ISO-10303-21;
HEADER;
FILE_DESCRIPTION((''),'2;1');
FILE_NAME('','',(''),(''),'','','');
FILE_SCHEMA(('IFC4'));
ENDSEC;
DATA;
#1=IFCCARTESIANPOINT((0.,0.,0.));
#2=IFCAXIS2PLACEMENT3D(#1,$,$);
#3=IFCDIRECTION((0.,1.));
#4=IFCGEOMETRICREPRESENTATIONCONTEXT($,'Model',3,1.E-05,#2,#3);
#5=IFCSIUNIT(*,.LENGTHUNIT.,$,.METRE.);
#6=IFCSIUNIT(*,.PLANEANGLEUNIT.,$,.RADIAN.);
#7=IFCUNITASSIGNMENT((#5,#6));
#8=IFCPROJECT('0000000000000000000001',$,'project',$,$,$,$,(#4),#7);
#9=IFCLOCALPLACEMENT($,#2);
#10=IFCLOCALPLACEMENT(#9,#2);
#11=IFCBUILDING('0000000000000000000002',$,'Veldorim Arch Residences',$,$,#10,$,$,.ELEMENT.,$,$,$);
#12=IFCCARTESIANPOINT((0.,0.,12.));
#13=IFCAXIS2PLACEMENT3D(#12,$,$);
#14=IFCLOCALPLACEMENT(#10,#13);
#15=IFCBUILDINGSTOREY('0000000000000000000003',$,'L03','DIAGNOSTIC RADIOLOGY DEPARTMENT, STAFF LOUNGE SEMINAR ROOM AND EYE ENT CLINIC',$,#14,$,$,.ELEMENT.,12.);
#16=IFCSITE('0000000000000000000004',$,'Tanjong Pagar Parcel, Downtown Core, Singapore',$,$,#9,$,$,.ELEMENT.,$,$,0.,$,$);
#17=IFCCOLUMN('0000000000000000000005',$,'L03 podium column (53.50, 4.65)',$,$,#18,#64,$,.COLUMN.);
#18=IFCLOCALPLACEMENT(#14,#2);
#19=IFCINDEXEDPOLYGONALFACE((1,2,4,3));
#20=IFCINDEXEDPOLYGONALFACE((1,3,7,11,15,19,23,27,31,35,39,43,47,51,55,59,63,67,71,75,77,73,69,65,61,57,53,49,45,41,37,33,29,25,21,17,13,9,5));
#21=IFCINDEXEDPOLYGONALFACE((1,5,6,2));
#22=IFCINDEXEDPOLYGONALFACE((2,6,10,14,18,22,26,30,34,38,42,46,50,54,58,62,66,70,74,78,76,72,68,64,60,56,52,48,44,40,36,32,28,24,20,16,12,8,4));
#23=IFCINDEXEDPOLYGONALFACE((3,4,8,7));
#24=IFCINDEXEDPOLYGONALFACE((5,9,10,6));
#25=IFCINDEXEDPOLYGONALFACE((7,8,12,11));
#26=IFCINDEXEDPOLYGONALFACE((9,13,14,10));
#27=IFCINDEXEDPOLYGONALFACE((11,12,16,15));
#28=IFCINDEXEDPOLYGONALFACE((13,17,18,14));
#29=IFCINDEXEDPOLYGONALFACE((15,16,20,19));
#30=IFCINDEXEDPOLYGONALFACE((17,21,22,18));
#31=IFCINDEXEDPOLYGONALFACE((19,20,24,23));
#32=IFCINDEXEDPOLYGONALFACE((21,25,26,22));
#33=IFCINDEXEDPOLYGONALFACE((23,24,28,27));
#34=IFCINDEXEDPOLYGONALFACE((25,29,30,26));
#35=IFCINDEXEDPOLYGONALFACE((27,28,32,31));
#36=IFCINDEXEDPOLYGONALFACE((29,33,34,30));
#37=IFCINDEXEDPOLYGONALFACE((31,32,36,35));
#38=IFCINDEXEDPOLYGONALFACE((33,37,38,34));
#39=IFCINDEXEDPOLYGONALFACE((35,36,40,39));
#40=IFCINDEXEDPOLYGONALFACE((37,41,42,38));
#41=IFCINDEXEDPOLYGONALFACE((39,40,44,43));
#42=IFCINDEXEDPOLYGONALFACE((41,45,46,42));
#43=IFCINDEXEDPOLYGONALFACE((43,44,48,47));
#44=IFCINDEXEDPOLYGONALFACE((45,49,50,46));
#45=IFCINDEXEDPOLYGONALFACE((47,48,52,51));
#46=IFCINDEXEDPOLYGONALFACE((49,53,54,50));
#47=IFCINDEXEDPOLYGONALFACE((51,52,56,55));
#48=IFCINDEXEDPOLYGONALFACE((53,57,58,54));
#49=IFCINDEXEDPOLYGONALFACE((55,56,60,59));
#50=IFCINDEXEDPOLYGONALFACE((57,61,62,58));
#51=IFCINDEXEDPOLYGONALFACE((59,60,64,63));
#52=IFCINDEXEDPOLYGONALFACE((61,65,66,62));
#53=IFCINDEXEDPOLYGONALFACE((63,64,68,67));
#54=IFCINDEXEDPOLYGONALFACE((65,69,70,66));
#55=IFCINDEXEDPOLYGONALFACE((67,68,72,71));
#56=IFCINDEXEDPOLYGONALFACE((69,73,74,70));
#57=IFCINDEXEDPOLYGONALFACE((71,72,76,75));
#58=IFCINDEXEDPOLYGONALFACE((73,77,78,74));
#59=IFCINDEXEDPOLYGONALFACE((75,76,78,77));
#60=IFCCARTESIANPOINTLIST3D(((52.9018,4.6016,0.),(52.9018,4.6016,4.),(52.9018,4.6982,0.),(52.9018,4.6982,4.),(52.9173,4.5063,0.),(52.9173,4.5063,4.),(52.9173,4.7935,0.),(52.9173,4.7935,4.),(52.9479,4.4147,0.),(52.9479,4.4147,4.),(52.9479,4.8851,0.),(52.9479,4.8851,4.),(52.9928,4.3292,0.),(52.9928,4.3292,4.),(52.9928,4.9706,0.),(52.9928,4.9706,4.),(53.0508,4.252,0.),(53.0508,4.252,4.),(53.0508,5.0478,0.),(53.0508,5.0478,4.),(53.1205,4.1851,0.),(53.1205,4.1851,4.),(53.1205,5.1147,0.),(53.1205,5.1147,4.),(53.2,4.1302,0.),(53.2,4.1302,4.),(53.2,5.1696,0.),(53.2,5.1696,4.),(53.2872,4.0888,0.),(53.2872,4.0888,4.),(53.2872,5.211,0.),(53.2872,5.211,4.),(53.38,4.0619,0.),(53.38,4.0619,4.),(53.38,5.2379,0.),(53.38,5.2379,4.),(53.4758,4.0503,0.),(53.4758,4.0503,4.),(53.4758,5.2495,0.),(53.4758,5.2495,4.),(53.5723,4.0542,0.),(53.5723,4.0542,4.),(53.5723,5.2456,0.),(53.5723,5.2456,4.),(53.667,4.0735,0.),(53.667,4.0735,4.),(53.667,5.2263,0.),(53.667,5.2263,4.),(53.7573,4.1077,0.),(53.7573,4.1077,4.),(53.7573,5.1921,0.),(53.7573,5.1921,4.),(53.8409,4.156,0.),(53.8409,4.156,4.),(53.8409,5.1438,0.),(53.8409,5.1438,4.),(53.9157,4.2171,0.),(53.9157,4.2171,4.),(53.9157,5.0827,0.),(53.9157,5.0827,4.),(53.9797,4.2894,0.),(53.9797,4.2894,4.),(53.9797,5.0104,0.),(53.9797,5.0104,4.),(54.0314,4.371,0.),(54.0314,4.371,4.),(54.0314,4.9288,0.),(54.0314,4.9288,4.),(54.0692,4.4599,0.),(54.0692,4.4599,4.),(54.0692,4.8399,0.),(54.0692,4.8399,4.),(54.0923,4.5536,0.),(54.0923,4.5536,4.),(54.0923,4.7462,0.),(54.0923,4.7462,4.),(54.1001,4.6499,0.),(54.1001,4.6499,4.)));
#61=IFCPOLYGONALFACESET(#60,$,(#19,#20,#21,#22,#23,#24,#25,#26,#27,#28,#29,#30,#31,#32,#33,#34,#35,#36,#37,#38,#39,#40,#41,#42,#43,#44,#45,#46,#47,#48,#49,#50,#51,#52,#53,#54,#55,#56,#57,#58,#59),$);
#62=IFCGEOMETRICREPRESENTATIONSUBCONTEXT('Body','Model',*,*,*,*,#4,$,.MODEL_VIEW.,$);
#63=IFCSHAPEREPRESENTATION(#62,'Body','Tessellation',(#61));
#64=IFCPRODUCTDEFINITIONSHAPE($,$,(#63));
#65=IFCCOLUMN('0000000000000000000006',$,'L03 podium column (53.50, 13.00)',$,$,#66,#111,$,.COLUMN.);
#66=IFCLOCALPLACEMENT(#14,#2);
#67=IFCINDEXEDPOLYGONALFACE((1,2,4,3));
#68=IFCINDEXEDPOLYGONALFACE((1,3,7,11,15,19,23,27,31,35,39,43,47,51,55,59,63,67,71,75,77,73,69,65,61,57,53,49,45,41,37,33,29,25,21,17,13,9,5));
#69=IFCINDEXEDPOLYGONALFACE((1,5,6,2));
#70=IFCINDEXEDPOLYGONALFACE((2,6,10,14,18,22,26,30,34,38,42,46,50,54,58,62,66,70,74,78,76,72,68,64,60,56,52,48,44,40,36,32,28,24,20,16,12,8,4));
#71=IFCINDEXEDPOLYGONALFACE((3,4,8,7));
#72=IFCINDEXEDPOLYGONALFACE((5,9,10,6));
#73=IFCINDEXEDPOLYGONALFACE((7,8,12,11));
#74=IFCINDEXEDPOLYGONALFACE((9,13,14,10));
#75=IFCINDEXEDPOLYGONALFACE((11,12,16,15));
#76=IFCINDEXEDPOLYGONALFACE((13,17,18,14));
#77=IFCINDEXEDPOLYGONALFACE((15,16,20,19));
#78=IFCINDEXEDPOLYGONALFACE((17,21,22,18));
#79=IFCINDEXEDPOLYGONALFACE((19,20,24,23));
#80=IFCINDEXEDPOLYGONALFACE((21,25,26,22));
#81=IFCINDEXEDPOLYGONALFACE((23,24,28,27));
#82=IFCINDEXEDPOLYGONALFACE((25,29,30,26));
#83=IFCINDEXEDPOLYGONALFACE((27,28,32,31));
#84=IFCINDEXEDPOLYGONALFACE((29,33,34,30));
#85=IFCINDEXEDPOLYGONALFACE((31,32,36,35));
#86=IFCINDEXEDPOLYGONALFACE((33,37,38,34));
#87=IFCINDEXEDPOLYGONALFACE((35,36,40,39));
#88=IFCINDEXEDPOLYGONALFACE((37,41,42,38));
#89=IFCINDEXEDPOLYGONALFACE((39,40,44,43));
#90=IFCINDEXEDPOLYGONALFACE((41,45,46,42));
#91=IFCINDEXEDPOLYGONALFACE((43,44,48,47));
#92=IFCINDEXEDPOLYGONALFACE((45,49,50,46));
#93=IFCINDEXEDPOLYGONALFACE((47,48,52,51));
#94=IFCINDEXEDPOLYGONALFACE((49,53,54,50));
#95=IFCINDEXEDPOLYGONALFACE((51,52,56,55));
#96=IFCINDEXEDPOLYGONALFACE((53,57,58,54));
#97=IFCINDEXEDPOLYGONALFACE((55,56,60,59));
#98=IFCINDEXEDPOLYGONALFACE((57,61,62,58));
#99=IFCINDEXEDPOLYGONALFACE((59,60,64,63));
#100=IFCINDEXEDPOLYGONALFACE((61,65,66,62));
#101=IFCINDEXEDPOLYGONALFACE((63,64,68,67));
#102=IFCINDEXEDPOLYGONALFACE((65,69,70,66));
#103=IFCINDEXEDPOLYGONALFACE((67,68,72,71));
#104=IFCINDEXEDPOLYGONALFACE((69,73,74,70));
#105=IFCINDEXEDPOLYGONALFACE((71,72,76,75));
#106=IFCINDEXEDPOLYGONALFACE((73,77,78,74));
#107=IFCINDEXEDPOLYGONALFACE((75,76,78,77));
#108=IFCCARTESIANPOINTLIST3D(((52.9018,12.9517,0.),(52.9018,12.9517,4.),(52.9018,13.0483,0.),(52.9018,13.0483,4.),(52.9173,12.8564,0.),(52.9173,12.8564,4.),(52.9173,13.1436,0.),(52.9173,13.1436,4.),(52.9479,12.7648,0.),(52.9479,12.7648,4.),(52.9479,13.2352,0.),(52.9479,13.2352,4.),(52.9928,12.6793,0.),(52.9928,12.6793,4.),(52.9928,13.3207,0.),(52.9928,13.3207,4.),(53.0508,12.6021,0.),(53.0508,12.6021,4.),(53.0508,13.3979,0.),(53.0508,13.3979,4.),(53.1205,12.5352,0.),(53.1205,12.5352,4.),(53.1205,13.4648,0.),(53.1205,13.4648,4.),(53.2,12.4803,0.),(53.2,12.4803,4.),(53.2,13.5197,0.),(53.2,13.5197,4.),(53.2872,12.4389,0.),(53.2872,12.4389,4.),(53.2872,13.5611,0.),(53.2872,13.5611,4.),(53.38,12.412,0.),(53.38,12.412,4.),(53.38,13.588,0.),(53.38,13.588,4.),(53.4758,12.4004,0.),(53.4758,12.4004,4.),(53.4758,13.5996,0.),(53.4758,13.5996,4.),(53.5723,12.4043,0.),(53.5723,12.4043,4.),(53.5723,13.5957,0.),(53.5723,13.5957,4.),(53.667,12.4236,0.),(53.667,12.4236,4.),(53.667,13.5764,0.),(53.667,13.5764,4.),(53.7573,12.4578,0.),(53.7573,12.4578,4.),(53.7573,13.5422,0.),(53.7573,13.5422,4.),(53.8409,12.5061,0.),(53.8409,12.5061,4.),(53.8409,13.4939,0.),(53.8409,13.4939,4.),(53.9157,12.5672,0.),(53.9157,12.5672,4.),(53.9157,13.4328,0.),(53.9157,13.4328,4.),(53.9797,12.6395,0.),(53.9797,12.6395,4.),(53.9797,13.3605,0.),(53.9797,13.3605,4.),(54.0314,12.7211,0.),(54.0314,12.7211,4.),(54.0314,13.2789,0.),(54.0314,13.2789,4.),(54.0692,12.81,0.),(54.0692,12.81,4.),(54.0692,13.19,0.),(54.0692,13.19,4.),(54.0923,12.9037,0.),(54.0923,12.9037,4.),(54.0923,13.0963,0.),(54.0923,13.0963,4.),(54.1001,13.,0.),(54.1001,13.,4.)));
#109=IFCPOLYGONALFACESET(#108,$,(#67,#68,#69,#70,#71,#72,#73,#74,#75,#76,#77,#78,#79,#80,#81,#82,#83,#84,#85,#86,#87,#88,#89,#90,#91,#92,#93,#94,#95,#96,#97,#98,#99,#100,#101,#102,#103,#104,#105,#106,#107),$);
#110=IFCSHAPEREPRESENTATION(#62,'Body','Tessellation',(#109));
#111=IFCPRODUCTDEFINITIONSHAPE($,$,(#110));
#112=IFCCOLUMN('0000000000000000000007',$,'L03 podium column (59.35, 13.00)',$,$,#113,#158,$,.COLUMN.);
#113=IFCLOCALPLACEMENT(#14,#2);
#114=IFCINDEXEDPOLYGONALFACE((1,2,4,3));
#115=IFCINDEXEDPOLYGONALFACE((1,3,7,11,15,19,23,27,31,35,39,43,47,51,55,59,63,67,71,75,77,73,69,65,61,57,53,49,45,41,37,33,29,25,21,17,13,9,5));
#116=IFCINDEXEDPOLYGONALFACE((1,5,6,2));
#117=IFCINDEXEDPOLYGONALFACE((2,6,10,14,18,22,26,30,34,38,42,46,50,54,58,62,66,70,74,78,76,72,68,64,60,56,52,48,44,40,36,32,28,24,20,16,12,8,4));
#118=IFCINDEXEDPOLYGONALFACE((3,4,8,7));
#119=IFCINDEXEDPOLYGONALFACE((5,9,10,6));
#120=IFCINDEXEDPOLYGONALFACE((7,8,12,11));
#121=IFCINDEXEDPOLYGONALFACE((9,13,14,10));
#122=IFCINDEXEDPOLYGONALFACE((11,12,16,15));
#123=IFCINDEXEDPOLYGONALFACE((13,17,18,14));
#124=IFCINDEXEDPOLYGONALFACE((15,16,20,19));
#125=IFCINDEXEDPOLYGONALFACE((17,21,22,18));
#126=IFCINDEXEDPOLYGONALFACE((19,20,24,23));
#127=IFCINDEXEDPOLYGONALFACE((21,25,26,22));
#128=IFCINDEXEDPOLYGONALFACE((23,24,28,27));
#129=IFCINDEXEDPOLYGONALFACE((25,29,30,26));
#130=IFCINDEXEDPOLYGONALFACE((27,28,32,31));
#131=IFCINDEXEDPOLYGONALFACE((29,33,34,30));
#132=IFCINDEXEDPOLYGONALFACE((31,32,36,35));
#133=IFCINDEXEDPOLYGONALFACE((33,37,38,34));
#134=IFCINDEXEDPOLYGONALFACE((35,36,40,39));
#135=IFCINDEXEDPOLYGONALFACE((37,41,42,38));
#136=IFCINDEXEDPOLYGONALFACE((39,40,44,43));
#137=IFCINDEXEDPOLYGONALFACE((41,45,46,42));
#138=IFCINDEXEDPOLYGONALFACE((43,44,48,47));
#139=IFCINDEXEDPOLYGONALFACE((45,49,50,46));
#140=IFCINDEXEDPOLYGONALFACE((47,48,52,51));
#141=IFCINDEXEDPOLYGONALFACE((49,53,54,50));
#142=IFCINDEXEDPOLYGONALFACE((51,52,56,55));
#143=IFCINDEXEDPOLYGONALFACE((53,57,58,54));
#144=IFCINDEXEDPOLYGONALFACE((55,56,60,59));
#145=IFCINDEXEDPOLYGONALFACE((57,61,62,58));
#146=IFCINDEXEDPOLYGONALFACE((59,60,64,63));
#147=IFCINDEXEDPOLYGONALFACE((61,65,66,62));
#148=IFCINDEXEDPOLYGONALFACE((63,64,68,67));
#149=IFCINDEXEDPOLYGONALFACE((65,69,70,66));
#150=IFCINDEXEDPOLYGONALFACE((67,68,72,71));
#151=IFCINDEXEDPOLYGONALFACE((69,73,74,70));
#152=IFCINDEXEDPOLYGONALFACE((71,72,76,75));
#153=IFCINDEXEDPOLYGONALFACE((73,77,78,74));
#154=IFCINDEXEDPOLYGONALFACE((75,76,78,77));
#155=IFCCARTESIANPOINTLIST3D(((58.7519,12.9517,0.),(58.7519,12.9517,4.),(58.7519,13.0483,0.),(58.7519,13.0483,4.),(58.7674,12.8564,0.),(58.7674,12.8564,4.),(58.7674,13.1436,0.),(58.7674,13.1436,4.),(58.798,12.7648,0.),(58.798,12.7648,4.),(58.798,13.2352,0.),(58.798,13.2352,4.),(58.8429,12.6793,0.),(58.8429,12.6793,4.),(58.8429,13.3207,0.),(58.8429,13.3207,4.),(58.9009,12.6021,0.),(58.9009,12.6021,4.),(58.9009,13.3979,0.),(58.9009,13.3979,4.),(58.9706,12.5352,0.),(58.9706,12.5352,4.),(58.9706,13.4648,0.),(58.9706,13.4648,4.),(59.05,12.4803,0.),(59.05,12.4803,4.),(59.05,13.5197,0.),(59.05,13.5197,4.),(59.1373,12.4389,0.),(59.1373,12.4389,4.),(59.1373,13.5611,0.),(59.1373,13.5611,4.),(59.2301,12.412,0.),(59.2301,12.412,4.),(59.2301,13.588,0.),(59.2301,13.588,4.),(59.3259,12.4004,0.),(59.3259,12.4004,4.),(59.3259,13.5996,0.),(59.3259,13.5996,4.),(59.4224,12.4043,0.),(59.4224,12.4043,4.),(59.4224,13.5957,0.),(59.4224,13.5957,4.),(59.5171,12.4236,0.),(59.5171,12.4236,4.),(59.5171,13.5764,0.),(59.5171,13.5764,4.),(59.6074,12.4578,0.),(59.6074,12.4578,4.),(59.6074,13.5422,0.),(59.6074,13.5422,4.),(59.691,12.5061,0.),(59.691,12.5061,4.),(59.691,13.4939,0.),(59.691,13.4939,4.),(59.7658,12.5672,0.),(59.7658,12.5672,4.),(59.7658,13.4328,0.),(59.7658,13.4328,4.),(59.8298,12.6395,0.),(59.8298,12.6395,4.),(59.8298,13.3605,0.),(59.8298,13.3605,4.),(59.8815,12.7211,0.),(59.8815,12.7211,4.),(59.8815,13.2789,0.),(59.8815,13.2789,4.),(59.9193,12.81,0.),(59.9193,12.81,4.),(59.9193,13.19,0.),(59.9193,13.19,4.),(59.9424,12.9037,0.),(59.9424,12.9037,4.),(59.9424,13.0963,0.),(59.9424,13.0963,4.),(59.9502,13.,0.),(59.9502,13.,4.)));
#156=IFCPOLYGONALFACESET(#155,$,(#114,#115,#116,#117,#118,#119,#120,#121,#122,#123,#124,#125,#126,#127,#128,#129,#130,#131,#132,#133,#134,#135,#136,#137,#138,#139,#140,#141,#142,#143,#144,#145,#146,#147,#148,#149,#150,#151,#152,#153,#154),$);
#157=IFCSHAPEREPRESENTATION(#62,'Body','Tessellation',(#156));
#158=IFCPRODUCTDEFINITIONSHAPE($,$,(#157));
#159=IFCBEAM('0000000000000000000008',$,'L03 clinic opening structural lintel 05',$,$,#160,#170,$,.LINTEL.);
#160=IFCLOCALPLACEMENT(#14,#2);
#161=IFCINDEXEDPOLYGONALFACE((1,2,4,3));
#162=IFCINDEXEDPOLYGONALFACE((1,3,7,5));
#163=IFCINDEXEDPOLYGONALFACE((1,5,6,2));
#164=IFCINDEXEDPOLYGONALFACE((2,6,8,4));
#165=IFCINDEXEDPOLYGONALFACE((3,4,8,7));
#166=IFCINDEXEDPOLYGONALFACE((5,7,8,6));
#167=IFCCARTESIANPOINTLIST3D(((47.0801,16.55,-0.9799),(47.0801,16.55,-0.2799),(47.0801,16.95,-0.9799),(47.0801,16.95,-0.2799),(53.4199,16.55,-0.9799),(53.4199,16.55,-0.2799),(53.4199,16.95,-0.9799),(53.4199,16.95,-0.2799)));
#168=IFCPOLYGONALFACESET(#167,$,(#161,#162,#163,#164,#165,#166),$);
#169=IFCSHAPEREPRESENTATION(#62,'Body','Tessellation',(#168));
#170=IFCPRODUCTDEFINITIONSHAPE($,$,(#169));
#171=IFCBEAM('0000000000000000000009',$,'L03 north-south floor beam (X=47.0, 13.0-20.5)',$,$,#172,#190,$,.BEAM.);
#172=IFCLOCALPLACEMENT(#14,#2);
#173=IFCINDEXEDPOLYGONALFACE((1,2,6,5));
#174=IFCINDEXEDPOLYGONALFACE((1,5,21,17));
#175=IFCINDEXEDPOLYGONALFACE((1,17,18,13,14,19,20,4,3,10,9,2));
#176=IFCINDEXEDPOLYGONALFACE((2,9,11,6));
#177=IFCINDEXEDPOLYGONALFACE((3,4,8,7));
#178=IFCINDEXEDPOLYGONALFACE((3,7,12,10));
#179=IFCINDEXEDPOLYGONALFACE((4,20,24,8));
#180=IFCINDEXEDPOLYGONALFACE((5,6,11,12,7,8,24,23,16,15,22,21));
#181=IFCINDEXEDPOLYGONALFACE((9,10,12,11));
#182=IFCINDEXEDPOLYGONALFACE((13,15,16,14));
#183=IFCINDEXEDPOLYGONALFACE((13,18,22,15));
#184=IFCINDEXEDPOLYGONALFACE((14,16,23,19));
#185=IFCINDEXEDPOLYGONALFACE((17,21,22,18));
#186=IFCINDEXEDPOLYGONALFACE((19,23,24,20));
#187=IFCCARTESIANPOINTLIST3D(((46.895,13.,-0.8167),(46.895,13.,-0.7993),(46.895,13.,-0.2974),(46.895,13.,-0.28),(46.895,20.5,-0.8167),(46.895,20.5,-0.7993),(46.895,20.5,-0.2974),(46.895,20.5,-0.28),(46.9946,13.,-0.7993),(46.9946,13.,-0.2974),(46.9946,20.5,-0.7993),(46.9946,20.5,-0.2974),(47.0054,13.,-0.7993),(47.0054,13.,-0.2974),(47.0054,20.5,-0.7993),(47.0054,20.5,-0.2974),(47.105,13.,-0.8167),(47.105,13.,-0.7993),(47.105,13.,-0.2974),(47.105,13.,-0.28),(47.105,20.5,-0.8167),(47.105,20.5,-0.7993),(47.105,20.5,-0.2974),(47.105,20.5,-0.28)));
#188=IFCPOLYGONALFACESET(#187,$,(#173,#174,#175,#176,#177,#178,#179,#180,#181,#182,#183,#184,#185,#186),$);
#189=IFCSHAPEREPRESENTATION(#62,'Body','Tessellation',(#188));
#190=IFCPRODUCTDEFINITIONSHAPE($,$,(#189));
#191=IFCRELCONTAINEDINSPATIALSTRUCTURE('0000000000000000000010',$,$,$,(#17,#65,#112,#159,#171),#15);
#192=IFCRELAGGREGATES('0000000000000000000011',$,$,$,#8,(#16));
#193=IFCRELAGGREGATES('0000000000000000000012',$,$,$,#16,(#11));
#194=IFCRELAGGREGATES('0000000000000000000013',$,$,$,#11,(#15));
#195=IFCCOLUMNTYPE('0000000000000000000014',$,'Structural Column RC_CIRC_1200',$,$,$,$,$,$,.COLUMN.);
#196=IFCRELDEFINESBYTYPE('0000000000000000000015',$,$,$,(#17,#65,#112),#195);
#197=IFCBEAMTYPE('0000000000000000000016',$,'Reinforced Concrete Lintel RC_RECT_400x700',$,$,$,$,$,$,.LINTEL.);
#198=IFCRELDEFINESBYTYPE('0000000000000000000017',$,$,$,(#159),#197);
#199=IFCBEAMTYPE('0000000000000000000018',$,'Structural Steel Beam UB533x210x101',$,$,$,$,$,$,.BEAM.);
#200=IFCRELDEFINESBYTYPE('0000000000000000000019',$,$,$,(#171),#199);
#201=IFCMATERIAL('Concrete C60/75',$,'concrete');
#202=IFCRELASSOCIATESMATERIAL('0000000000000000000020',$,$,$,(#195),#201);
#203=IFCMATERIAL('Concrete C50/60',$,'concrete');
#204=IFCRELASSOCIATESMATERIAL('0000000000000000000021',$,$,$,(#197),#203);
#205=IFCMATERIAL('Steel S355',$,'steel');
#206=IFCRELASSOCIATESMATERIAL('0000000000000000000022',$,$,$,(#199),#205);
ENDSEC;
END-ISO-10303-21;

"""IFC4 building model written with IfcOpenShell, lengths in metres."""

from ifc_helpers import new_model, si_unit, direction, frame, origin, origin_2d, place, context, subcontext, project, spatial, rectangle, circle, i_section, extrude, material, material_profile, profile_set, type_object, element, save


model = new_model("IFC4")

# Units and contexts
model_context = context("Model", 3, precision=1e-05, world=origin(), true_north=direction((0.0, 1.0)))
body_context = subcontext(model_context, "Body", "Model", "MODEL_VIEW")
ifc_project = project(units=[si_unit("LENGTHUNIT", "METRE"), si_unit("PLANEANGLEUNIT", "RADIAN")], contexts=[model_context])

# Site, building, storey
site_placement = place(None, origin())
site = spatial("IfcSite", under=ifc_project, at=site_placement, Name="Tanjong Pagar Parcel, Downtown Core, Singapore", CompositionType="ELEMENT", RefElevation=0.0)
building_placement = place(site_placement, origin())
building = spatial("IfcBuilding", under=site, at=building_placement, Name="Veldorim Arch Residences", CompositionType="ELEMENT")
storey_placement = place(building_placement, frame((0.0, 0.0, 12.0)))
storey = spatial("IfcBuildingStorey", under=building, at=storey_placement, Name="L03", Description="DIAGNOSTIC RADIOLOGY DEPARTMENT, STAFF LOUNGE SEMINAR ROOM AND EYE ENT CLINIC", CompositionType="ELEMENT", Elevation=12.0)

# Columns
ifc_material_1 = material(Name="Concrete C60/75", Category="concrete")
ifc_material_profile_1 = material_profile(ifc_material_1, circle(Radius=0.6001, at=origin_2d()), Name="RC_CIRC_1200")
ifc_profile_set_1 = profile_set([ifc_material_profile_1], Name="Concrete C60/75")
column_type = type_object("IfcColumnType", Name="Structural Column RC_CIRC_1200", PredefinedType="COLUMN", material=ifc_profile_set_1)
for number, where, z_axis, x_axis, name in (
    (1, (53.5, 4.6499, 0.0), (0.0, 0.0, 1.0), (1.0, 0.0, 0.0), "L03 podium column (53.50, 4.65)"),
    (2, (53.5, 13.0, 0.0), (0.0, 0.0, 1.0), (1.0, 0.0, 0.0), "L03 podium column (53.50, 13.00)"),
    (3, (59.3501, 13.0, 0.0), (0.0, 0.0, 1.0), (1.0, 0.0, 0.0), "L03 podium column (59.35, 13.00)"),
):
    element("IfcColumn", number, at=place(storey_placement, frame(where, z_axis=z_axis, x_axis=x_axis)), inside=storey, type_object=column_type, Name=name, PredefinedType="COLUMN", context=body_context, shape_type="SweptSolid", body=[
        extrude(circle(Radius=0.6001, at=origin_2d()), origin(), (0.0, 0.0, 1.0), 4.0),
    ])

# Beams
ifc_material_2 = material(Name="Concrete C50/60", Category="concrete")
ifc_material_profile_2 = material_profile(ifc_material_2, rectangle(XDim=0.3999, YDim=0.7, at=origin_2d()), Name="RC_RECT_400x700")
ifc_profile_set_2 = profile_set([ifc_material_profile_2], Name="Concrete C50/60")
beam_type_1 = type_object("IfcBeamType", Name="Reinforced Concrete Lintel RC_RECT_400x700", PredefinedType="LINTEL", material=ifc_profile_set_2)
beam_1_placement = place(storey_placement, frame((47.0801, 16.75, -0.6299), z_axis=(1.0, 0.0, 0.0), x_axis=(0.0, 1.0, 0.0)))
element("IfcBeam", 4, at=beam_1_placement, inside=storey, type_object=beam_type_1, Name="L03 clinic opening structural lintel 05", PredefinedType="LINTEL", context=body_context, shape_type="SweptSolid", body=[
    extrude(rectangle(XDim=0.3999, YDim=0.7, at=origin_2d()), origin(), (0.0, 0.0, 1.0), 6.3398),
])
ifc_material_3 = material(Name="Steel S355", Category="steel")
ifc_material_profile_3 = material_profile(ifc_material_3, i_section(OverallWidth=0.21, OverallDepth=0.5366, WebThickness=0.0107, FlangeThickness=0.0173, at=origin_2d()), Name="UB533x210x101")
ifc_profile_set_3 = profile_set([ifc_material_profile_3], Name="Steel S355")
beam_type_2 = type_object("IfcBeamType", Name="Structural Steel Beam UB533x210x101", PredefinedType="BEAM", material=ifc_profile_set_3)
beam_2_placement = place(storey_placement, frame((47.0, 13.0, -0.5483), z_axis=(0.0, 1.0, 0.0), x_axis=(-1.0, 0.0, 0.0)))
element("IfcBeam", 5, at=beam_2_placement, inside=storey, type_object=beam_type_2, Name="L03 north-south floor beam (X=47.0, 13.0-20.5)", PredefinedType="BEAM", context=body_context, shape_type="SweptSolid", body=[
    extrude(i_section(OverallWidth=0.21, OverallDepth=0.5366, WebThickness=0.0107, FlangeThickness=0.0173, at=origin_2d()), origin(), (0.0, 0.0, 1.0), 7.5),
])

save(model, "model.ifc")
